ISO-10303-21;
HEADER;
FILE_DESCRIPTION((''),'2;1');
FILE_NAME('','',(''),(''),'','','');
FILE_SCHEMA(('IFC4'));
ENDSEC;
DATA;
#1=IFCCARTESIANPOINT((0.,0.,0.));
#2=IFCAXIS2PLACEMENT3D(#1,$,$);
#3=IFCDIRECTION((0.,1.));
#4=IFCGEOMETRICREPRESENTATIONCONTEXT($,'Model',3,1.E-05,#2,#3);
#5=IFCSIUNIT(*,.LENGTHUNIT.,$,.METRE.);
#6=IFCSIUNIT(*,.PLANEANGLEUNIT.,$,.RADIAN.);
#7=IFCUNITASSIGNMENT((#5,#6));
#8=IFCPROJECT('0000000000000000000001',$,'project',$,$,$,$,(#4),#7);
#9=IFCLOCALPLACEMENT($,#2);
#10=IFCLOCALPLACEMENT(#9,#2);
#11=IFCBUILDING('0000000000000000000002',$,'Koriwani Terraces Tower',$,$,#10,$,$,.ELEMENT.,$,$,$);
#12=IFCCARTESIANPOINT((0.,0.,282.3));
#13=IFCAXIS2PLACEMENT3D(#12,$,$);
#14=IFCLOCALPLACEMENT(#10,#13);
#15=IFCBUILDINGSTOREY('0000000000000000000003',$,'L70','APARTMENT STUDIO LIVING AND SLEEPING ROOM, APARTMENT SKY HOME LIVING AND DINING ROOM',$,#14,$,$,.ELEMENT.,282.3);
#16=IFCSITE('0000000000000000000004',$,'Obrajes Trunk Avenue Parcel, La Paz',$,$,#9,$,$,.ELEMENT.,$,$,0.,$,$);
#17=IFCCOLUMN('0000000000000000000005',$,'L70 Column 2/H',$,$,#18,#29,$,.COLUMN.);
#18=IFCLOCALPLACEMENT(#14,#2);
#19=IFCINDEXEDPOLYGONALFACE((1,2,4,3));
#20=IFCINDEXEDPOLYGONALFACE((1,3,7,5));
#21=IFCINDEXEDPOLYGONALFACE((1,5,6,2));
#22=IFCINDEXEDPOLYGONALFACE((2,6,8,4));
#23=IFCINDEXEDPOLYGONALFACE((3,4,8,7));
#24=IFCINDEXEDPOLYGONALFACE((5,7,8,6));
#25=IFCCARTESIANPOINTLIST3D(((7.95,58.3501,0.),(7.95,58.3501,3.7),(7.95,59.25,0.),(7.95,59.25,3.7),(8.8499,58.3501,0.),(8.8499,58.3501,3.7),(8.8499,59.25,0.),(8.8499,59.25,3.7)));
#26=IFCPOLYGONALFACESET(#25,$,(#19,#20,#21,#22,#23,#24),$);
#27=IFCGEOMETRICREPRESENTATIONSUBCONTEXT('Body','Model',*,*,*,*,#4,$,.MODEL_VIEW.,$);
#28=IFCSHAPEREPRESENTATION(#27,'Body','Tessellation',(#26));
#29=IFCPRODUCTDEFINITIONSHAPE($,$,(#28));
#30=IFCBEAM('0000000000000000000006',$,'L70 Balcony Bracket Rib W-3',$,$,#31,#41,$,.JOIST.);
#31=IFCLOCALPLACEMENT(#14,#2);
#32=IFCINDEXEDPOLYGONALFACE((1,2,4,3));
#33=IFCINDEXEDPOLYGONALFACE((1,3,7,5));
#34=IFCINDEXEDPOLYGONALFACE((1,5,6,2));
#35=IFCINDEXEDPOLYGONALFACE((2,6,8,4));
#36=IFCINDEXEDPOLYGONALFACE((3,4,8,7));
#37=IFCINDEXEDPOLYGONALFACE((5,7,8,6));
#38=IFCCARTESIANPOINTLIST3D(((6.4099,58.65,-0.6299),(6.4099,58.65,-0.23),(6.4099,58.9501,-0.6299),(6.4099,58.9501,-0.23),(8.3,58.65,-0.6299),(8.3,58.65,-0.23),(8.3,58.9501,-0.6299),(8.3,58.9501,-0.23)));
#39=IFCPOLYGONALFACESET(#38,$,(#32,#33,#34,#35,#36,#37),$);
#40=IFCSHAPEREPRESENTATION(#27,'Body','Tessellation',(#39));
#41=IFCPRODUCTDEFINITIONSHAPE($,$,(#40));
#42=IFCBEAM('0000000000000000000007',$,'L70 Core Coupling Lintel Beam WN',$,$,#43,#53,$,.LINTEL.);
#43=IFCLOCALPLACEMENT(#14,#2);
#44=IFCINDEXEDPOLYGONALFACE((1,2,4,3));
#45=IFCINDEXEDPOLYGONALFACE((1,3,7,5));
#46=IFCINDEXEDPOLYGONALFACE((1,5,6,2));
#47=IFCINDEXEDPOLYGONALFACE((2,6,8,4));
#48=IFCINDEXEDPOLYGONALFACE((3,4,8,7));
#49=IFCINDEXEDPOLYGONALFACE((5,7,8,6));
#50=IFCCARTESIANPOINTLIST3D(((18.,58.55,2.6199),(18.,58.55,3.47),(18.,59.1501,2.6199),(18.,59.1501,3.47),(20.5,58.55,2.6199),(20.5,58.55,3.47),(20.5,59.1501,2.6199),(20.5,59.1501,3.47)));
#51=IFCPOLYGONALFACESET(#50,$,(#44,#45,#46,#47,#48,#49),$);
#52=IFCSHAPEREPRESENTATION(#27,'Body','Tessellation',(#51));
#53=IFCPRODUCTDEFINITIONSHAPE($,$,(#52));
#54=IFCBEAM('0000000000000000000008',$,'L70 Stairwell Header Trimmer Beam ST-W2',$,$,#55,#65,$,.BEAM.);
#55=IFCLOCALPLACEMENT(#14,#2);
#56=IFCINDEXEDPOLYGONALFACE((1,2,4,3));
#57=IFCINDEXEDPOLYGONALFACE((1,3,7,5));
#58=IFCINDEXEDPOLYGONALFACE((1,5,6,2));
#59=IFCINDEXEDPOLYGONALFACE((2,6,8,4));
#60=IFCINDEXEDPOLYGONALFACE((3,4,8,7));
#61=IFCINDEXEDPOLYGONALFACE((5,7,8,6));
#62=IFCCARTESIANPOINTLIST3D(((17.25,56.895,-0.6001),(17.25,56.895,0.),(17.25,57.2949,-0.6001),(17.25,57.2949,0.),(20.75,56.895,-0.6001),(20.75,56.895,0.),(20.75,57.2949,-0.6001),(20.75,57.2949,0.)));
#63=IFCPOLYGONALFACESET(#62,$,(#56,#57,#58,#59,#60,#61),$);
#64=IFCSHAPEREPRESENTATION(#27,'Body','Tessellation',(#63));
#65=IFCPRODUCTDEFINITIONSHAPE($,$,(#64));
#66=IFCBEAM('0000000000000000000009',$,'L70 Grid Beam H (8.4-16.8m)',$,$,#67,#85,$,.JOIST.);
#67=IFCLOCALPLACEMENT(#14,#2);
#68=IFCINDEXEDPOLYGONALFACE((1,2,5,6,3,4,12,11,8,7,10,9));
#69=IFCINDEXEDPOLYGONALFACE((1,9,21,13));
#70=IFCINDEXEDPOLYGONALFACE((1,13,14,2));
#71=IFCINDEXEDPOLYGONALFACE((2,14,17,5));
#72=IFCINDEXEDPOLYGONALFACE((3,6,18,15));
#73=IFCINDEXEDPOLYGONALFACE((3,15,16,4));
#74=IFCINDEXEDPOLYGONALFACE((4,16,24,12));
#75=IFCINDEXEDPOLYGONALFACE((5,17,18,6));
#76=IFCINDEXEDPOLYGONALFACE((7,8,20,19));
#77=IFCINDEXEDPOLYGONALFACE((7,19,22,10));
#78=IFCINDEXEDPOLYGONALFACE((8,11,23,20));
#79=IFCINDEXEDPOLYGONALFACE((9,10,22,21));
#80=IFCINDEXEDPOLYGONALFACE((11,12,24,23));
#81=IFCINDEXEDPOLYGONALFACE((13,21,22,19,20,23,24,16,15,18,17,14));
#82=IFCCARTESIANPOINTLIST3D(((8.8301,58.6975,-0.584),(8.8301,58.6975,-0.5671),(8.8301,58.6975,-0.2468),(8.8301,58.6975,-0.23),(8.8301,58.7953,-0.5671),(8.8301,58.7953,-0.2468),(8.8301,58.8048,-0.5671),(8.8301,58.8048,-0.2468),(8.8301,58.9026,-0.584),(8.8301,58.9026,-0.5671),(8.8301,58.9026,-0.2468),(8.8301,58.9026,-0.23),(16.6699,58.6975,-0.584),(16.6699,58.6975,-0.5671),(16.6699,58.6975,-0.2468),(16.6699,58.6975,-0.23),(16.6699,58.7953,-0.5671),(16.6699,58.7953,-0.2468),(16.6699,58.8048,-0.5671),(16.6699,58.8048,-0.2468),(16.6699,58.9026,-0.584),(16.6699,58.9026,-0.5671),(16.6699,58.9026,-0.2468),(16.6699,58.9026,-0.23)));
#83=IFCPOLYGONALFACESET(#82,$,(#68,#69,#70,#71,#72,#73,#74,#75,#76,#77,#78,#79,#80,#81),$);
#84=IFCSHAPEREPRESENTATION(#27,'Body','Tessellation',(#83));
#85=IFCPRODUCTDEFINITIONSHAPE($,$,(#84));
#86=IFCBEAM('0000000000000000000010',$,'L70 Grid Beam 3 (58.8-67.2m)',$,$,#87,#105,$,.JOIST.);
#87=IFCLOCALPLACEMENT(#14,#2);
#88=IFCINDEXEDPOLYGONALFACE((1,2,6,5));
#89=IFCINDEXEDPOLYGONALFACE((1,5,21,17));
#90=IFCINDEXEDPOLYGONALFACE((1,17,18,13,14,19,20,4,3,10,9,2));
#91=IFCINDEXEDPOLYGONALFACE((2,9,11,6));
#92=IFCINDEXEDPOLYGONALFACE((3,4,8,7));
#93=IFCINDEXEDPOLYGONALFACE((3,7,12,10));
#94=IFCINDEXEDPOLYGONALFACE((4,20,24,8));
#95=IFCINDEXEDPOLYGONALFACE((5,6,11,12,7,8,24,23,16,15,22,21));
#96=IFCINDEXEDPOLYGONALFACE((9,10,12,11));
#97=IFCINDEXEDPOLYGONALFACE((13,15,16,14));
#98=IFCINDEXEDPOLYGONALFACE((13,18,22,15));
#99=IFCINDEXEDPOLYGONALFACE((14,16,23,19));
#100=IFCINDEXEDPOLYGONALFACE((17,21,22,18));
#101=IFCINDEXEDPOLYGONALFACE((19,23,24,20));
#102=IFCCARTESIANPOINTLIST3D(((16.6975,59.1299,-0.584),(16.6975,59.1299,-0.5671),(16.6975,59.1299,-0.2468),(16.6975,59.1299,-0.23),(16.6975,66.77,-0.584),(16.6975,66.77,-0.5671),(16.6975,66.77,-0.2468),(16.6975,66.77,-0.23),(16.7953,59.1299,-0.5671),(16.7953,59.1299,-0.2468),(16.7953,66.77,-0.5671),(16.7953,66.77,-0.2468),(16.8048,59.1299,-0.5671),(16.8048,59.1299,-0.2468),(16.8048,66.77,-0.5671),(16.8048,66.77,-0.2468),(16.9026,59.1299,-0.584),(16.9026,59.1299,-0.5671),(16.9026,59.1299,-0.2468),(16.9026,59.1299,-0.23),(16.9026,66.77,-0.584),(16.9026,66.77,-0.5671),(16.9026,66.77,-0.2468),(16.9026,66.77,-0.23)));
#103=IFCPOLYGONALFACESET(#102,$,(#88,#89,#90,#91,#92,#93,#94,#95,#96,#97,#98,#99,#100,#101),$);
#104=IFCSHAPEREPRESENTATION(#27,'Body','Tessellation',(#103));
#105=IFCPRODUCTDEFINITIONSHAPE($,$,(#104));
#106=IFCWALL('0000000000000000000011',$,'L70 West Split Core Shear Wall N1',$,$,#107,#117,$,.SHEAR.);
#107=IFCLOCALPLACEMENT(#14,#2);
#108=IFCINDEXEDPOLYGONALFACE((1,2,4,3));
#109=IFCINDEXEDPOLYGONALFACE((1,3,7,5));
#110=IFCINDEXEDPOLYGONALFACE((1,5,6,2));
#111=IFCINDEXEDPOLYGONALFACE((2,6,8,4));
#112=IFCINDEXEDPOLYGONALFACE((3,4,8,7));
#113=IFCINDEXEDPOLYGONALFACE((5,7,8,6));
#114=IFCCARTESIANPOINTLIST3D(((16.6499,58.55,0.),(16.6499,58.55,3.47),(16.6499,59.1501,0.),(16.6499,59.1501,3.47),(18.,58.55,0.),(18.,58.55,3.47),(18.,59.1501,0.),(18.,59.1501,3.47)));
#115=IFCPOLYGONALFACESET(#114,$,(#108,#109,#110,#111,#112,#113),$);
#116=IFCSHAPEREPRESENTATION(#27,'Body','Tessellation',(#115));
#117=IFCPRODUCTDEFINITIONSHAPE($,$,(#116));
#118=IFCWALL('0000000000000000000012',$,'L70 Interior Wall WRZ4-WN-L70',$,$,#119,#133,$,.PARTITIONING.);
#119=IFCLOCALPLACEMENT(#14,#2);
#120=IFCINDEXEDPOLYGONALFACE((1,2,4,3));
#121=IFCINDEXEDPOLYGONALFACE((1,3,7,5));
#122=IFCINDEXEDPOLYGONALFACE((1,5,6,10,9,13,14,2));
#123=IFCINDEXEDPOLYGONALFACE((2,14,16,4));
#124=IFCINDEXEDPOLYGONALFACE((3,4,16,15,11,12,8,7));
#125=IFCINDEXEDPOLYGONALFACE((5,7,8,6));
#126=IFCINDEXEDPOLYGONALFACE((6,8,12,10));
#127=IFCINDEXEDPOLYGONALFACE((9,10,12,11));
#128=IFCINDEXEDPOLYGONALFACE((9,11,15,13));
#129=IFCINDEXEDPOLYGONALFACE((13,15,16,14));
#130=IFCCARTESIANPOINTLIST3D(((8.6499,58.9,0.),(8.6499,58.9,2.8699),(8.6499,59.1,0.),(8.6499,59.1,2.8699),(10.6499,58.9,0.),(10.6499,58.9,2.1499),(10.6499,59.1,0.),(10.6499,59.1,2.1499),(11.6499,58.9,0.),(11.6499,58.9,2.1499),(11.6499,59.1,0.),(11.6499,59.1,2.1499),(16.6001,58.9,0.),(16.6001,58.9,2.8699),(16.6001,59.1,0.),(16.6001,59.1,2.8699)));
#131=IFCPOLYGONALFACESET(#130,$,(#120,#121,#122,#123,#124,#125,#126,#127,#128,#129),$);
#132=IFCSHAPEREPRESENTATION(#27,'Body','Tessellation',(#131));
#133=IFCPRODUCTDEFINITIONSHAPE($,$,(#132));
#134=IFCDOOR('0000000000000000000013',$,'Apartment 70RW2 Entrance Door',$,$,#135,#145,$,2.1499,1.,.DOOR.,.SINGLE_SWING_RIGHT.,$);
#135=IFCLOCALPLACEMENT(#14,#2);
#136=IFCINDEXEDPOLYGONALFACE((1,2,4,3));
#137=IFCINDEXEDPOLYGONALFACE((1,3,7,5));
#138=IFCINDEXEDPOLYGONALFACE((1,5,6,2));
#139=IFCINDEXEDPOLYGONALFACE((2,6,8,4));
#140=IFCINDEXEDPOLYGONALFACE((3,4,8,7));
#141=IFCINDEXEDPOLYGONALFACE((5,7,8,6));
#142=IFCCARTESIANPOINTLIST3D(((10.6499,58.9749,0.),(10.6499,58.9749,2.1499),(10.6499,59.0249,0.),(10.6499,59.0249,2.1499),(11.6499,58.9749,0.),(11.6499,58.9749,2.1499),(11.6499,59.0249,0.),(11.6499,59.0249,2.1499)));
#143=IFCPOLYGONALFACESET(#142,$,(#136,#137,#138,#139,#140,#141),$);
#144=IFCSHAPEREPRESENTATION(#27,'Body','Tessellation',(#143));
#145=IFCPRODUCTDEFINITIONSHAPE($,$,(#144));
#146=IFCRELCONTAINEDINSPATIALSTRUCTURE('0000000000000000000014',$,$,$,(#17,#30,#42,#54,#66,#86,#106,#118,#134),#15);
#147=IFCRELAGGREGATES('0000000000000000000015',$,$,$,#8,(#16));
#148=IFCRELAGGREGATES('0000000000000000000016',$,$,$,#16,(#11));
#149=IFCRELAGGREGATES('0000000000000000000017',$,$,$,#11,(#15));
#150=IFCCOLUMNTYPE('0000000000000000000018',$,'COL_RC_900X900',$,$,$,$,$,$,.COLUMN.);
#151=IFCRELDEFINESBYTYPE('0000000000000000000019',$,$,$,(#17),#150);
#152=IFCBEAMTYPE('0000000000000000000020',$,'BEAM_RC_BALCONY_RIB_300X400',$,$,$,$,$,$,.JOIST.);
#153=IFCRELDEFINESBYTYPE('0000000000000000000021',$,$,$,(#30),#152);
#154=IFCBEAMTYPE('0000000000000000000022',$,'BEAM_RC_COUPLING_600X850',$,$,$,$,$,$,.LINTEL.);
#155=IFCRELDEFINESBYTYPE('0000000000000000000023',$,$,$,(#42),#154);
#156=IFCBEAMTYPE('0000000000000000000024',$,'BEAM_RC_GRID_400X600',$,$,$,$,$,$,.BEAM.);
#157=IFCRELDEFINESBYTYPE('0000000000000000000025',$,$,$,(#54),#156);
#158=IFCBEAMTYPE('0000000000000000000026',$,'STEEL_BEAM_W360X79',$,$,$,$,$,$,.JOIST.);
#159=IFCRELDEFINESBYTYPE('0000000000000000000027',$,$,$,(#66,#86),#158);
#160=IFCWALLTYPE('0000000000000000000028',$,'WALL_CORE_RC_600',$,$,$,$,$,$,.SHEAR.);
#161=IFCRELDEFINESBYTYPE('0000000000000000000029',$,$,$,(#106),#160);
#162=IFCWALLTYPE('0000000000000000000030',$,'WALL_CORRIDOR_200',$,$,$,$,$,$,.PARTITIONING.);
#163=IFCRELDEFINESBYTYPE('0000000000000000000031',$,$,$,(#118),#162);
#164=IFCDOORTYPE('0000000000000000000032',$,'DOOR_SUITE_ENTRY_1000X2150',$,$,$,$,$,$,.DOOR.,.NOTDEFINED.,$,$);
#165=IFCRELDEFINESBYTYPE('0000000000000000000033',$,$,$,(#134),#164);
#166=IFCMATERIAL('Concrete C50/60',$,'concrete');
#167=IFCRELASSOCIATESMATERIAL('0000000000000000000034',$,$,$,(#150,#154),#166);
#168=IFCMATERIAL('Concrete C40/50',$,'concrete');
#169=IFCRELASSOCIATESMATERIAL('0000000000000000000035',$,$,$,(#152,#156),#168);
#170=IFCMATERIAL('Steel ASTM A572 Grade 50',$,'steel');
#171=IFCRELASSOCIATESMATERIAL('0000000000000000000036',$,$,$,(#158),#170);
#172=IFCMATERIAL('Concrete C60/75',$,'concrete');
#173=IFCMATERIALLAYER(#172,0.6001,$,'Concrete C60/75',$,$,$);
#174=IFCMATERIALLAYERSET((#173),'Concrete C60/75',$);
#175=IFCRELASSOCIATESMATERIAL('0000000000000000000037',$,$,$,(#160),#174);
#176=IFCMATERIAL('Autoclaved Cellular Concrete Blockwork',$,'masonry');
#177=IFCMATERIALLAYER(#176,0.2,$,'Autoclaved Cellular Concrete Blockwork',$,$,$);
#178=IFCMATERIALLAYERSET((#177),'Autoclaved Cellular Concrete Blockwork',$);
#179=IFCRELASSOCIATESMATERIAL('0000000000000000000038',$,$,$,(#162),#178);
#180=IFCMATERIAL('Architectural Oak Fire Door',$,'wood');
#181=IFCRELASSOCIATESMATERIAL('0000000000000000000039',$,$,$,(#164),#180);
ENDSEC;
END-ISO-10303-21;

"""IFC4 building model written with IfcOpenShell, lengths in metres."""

from ifc_helpers import new_model, si_unit, direction, frame, frame_2d, origin, origin_2d, place, context, subcontext, project, spatial, rectangle, i_section, extrude, material, layer, layer_set, material_profile, profile_set, type_object, element, fill, save


model = new_model("IFC4")

# Units and contexts
model_context = context("Model", 3, precision=1e-05, world=origin(), true_north=direction((0.0, 1.0)))
body_context = subcontext(model_context, "Body", "Model", "MODEL_VIEW")
ifc_project = project(units=[si_unit("LENGTHUNIT", "METRE"), si_unit("PLANEANGLEUNIT", "RADIAN")], contexts=[model_context])

# Site, building, storey
site_placement = place(None, origin())
site = spatial("IfcSite", under=ifc_project, at=site_placement, Name="Obrajes Trunk Avenue Parcel, La Paz", CompositionType="ELEMENT", RefElevation=0.0)
building_placement = place(site_placement, origin())
building = spatial("IfcBuilding", under=site, at=building_placement, Name="Koriwani Terraces Tower", CompositionType="ELEMENT")
storey_placement = place(building_placement, frame((0.0, 0.0, 282.3)))
storey = spatial("IfcBuildingStorey", under=building, at=storey_placement, Name="L70", Description="APARTMENT STUDIO LIVING AND SLEEPING ROOM, APARTMENT SKY HOME LIVING AND DINING ROOM", CompositionType="ELEMENT", Elevation=282.3)

# Column
ifc_material_1 = material(Name="Concrete C50/60", Category="concrete")
ifc_material_profile_1 = material_profile(ifc_material_1, rectangle(XDim=0.8999, YDim=0.8999, at=origin_2d()), Name="Concrete C50/60", Category="LoadBearing")
ifc_profile_set_1 = profile_set([ifc_material_profile_1], Name="Concrete C50/60")
column_type = type_object("IfcColumnType", Name="COL_RC_900X900", PredefinedType="COLUMN", material=ifc_profile_set_1)
column_placement = place(storey_placement, frame((8.3999, 58.8, 0.0), z_axis=(0.0, 0.0, 1.0), x_axis=(1.0, 0.0, 0.0)))
element("IfcColumn", 1, at=column_placement, inside=storey, type_object=column_type, Name="L70 Column 2/H", PredefinedType="COLUMN", context=body_context, shape_type="SweptSolid", body=[
    extrude(rectangle(XDim=0.8999, YDim=0.8999, at=origin_2d()), origin(), (0.0, 0.0, 1.0), 3.7),
])

# Beams
ifc_material_2 = material(Name="Concrete C40/50", Category="concrete")
ifc_material_profile_2 = material_profile(ifc_material_2, rectangle(XDim=0.3, YDim=0.3999, at=origin_2d()), Name="Concrete C40/50", Category="LoadBearing")
ifc_profile_set_2 = profile_set([ifc_material_profile_2], Name="Concrete C40/50")
beam_type_1 = type_object("IfcBeamType", Name="BEAM_RC_BALCONY_RIB_300X400", PredefinedType="JOIST", material=ifc_profile_set_2)
beam_1_placement = place(storey_placement, frame((6.4099, 58.8, -0.4299), z_axis=(1.0, 0.0, 0.0), x_axis=(0.0, 1.0, 0.0)))
element("IfcBeam", 2, at=beam_1_placement, inside=storey, type_object=beam_type_1, Name="L70 Balcony Bracket Rib W-3", PredefinedType="JOIST", context=body_context, shape_type="SweptSolid", body=[
    extrude(rectangle(XDim=0.3, YDim=0.3999, at=origin_2d()), origin(), (0.0, 0.0, 1.0), 1.8901),
])
ifc_material_profile_3 = material_profile(ifc_material_1, rectangle(XDim=0.6001, YDim=0.8501, at=origin_2d()), Name="Concrete C50/60", Category="LoadBearing")
ifc_profile_set_3 = profile_set([ifc_material_profile_3], Name="Concrete C50/60")
beam_type_2 = type_object("IfcBeamType", Name="BEAM_RC_COUPLING_600X850", PredefinedType="LINTEL", material=ifc_profile_set_3)
beam_2_placement = place(storey_placement, frame((18.0, 58.8501, 3.0449), z_axis=(1.0, 0.0, 0.0), x_axis=(0.0, 1.0, 0.0)))
element("IfcBeam", 3, at=beam_2_placement, inside=storey, type_object=beam_type_2, Name="L70 Core Coupling Lintel Beam WN", PredefinedType="LINTEL", context=body_context, shape_type="SweptSolid", body=[
    extrude(rectangle(XDim=0.6001, YDim=0.8501, at=origin_2d()), origin(), (0.0, 0.0, 1.0), 2.5),
])
ifc_material_profile_4 = material_profile(ifc_material_2, rectangle(XDim=0.3999, YDim=0.6001, at=origin_2d()), Name="Concrete C40/50", Category="LoadBearing")
ifc_profile_set_4 = profile_set([ifc_material_profile_4], Name="Concrete C40/50")
beam_type_3 = type_object("IfcBeamType", Name="BEAM_RC_GRID_400X600", PredefinedType="BEAM", material=ifc_profile_set_4)
beam_3_placement = place(storey_placement, frame((17.25, 57.095, -0.3), z_axis=(1.0, 0.0, 0.0), x_axis=(0.0, 1.0, 0.0)))
element("IfcBeam", 4, at=beam_3_placement, inside=storey, type_object=beam_type_3, Name="L70 Stairwell Header Trimmer Beam ST-W2", PredefinedType="BEAM", context=body_context, shape_type="SweptSolid", body=[
    extrude(rectangle(XDim=0.3999, YDim=0.6001, at=origin_2d()), origin(), (0.0, 0.0, 1.0), 3.5),
])
ifc_material_3 = material(Name="Steel ASTM A572 Grade 50", Category="steel")
ifc_material_profile_5 = material_profile(ifc_material_3, i_section(OverallWidth=0.2051, OverallDepth=0.354, WebThickness=0.0095, FlangeThickness=0.0168, at=origin_2d()), Name="Steel ASTM A572 Grade 50", Category="LoadBearing")
ifc_profile_set_5 = profile_set([ifc_material_profile_5], Name="Steel ASTM A572 Grade 50")
beam_type_4 = type_object("IfcBeamType", Name="STEEL_BEAM_W360X79", PredefinedType="JOIST", material=ifc_profile_set_5)
beam_4_placement = place(storey_placement, frame((8.8301, 58.8, -0.407), z_axis=(1.0, 0.0, 0.0), x_axis=(0.0, 1.0, 0.0)))
element("IfcBeam", 5, at=beam_4_placement, inside=storey, type_object=beam_type_4, Name="L70 Grid Beam H (8.4-16.8m)", PredefinedType="JOIST", context=body_context, shape_type="SweptSolid", body=[
    extrude(i_section(OverallWidth=0.2051, OverallDepth=0.354, WebThickness=0.0095, FlangeThickness=0.0168, at=origin_2d()), origin(), (0.0, 0.0, 1.0), 7.8398),
])
beam_5_placement = place(storey_placement, frame((16.8, 59.1299, -0.407), z_axis=(0.0, 1.0, 0.0), x_axis=(-1.0, 0.0, 0.0)))
element("IfcBeam", 6, at=beam_5_placement, inside=storey, type_object=beam_type_4, Name="L70 Grid Beam 3 (58.8-67.2m)", PredefinedType="JOIST", context=body_context, shape_type="SweptSolid", body=[
    extrude(i_section(OverallWidth=0.2051, OverallDepth=0.354, WebThickness=0.0095, FlangeThickness=0.0168, at=origin_2d()), origin(), (0.0, 0.0, 1.0), 7.6401),
])

# Wall
ifc_material_4 = material(Name="Concrete C60/75", Category="concrete")
ifc_layer_1 = layer(ifc_material_4, 0.6001, Name="Concrete C60/75")
ifc_layer_set_1 = layer_set([ifc_layer_1], Name="Concrete C60/75")
wall_type_1 = type_object("IfcWallType", Name="WALL_CORE_RC_600", PredefinedType="SHEAR", material=ifc_layer_set_1)
wall_1_placement = place(storey_placement, frame((16.6499, 58.8501, 0.0), z_axis=(0.0, 0.0, 1.0), x_axis=(1.0, 0.0, 0.0)))
element("IfcWall", 7, at=wall_1_placement, inside=storey, type_object=wall_type_1, Name="L70 West Split Core Shear Wall N1", PredefinedType="SHEAR", context=body_context, shape_type="SweptSolid", body=[
    extrude(rectangle(XDim=1.3501, YDim=0.6001, at=frame_2d((0.675, 0.0))), origin(), (0.0, 0.0, 1.0), 3.47),
])

# Wall, opening, door
ifc_material_5 = material(Name="Autoclaved Cellular Concrete Blockwork", Category="masonry")
ifc_layer_2 = layer(ifc_material_5, 0.2, Name="Autoclaved Cellular Concrete Blockwork")
ifc_layer_set_2 = layer_set([ifc_layer_2], Name="Autoclaved Cellular Concrete Blockwork")
wall_type_2 = type_object("IfcWallType", Name="WALL_CORRIDOR_200", PredefinedType="PARTITIONING", material=ifc_layer_set_2)
wall_2_placement = place(storey_placement, frame((8.6499, 59.0, 0.0), z_axis=(0.0, 0.0, 1.0), x_axis=(1.0, 0.0, 0.0)))
wall_2 = element("IfcWall", 8, at=wall_2_placement, inside=storey, type_object=wall_type_2, Name="L70 Interior Wall WRZ4-WN-L70", PredefinedType="PARTITIONING", context=body_context, shape_type="SweptSolid", body=[
    extrude(rectangle(XDim=7.9502, YDim=0.2, at=frame_2d((3.9751, 0.0))), origin(), (0.0, 0.0, 1.0), 2.8699),
])
opening_1_placement = place(wall_2_placement, frame((2.0, 0.0, 0.0)))
opening_1 = element("IfcOpeningElement", 9, at=opening_1_placement, cuts=wall_2, PredefinedType="OPENING", context=body_context, shape_type="SweptSolid", body=[
    extrude(rectangle(XDim=1.0, YDim=2.1499, at=frame_2d((0.5, 1.075))), frame((0.0, 0.1099, 0.0), z_axis=(0.0, -1.0, 0.0), x_axis=(1.0, 0.0, 0.0)), (0.0, 0.0, 1.0), 0.22),
])
ifc_material_6 = material(Name="Architectural Oak Fire Door", Category="wood")
door_type_1 = type_object("IfcDoorType", Name="DOOR_SUITE_ENTRY_1000X2150", OperationType="NOTDEFINED", PredefinedType="DOOR", material=ifc_material_6)
door_1_placement = place(opening_1_placement, origin())
door_1 = element("IfcDoor", 10, at=door_1_placement, inside=storey, type_object=door_type_1, Name="Apartment 70RW2 Entrance Door", OperationType="SINGLE_SWING_RIGHT", OverallHeight=2.1499, OverallWidth=1.0, PredefinedType="DOOR", context=body_context, shape_type="SweptSolid", body=[
    extrude(rectangle(XDim=1.0, YDim=2.1499, at=frame_2d((0.5, 1.075))), frame((0.0, 0.0249, 0.0), z_axis=(0.0, -1.0, 0.0), x_axis=(1.0, 0.0, 0.0)), (0.0, 0.0, 1.0), 0.05),
])
fill(opening_1, door_1)

save(model, "model.ifc")
